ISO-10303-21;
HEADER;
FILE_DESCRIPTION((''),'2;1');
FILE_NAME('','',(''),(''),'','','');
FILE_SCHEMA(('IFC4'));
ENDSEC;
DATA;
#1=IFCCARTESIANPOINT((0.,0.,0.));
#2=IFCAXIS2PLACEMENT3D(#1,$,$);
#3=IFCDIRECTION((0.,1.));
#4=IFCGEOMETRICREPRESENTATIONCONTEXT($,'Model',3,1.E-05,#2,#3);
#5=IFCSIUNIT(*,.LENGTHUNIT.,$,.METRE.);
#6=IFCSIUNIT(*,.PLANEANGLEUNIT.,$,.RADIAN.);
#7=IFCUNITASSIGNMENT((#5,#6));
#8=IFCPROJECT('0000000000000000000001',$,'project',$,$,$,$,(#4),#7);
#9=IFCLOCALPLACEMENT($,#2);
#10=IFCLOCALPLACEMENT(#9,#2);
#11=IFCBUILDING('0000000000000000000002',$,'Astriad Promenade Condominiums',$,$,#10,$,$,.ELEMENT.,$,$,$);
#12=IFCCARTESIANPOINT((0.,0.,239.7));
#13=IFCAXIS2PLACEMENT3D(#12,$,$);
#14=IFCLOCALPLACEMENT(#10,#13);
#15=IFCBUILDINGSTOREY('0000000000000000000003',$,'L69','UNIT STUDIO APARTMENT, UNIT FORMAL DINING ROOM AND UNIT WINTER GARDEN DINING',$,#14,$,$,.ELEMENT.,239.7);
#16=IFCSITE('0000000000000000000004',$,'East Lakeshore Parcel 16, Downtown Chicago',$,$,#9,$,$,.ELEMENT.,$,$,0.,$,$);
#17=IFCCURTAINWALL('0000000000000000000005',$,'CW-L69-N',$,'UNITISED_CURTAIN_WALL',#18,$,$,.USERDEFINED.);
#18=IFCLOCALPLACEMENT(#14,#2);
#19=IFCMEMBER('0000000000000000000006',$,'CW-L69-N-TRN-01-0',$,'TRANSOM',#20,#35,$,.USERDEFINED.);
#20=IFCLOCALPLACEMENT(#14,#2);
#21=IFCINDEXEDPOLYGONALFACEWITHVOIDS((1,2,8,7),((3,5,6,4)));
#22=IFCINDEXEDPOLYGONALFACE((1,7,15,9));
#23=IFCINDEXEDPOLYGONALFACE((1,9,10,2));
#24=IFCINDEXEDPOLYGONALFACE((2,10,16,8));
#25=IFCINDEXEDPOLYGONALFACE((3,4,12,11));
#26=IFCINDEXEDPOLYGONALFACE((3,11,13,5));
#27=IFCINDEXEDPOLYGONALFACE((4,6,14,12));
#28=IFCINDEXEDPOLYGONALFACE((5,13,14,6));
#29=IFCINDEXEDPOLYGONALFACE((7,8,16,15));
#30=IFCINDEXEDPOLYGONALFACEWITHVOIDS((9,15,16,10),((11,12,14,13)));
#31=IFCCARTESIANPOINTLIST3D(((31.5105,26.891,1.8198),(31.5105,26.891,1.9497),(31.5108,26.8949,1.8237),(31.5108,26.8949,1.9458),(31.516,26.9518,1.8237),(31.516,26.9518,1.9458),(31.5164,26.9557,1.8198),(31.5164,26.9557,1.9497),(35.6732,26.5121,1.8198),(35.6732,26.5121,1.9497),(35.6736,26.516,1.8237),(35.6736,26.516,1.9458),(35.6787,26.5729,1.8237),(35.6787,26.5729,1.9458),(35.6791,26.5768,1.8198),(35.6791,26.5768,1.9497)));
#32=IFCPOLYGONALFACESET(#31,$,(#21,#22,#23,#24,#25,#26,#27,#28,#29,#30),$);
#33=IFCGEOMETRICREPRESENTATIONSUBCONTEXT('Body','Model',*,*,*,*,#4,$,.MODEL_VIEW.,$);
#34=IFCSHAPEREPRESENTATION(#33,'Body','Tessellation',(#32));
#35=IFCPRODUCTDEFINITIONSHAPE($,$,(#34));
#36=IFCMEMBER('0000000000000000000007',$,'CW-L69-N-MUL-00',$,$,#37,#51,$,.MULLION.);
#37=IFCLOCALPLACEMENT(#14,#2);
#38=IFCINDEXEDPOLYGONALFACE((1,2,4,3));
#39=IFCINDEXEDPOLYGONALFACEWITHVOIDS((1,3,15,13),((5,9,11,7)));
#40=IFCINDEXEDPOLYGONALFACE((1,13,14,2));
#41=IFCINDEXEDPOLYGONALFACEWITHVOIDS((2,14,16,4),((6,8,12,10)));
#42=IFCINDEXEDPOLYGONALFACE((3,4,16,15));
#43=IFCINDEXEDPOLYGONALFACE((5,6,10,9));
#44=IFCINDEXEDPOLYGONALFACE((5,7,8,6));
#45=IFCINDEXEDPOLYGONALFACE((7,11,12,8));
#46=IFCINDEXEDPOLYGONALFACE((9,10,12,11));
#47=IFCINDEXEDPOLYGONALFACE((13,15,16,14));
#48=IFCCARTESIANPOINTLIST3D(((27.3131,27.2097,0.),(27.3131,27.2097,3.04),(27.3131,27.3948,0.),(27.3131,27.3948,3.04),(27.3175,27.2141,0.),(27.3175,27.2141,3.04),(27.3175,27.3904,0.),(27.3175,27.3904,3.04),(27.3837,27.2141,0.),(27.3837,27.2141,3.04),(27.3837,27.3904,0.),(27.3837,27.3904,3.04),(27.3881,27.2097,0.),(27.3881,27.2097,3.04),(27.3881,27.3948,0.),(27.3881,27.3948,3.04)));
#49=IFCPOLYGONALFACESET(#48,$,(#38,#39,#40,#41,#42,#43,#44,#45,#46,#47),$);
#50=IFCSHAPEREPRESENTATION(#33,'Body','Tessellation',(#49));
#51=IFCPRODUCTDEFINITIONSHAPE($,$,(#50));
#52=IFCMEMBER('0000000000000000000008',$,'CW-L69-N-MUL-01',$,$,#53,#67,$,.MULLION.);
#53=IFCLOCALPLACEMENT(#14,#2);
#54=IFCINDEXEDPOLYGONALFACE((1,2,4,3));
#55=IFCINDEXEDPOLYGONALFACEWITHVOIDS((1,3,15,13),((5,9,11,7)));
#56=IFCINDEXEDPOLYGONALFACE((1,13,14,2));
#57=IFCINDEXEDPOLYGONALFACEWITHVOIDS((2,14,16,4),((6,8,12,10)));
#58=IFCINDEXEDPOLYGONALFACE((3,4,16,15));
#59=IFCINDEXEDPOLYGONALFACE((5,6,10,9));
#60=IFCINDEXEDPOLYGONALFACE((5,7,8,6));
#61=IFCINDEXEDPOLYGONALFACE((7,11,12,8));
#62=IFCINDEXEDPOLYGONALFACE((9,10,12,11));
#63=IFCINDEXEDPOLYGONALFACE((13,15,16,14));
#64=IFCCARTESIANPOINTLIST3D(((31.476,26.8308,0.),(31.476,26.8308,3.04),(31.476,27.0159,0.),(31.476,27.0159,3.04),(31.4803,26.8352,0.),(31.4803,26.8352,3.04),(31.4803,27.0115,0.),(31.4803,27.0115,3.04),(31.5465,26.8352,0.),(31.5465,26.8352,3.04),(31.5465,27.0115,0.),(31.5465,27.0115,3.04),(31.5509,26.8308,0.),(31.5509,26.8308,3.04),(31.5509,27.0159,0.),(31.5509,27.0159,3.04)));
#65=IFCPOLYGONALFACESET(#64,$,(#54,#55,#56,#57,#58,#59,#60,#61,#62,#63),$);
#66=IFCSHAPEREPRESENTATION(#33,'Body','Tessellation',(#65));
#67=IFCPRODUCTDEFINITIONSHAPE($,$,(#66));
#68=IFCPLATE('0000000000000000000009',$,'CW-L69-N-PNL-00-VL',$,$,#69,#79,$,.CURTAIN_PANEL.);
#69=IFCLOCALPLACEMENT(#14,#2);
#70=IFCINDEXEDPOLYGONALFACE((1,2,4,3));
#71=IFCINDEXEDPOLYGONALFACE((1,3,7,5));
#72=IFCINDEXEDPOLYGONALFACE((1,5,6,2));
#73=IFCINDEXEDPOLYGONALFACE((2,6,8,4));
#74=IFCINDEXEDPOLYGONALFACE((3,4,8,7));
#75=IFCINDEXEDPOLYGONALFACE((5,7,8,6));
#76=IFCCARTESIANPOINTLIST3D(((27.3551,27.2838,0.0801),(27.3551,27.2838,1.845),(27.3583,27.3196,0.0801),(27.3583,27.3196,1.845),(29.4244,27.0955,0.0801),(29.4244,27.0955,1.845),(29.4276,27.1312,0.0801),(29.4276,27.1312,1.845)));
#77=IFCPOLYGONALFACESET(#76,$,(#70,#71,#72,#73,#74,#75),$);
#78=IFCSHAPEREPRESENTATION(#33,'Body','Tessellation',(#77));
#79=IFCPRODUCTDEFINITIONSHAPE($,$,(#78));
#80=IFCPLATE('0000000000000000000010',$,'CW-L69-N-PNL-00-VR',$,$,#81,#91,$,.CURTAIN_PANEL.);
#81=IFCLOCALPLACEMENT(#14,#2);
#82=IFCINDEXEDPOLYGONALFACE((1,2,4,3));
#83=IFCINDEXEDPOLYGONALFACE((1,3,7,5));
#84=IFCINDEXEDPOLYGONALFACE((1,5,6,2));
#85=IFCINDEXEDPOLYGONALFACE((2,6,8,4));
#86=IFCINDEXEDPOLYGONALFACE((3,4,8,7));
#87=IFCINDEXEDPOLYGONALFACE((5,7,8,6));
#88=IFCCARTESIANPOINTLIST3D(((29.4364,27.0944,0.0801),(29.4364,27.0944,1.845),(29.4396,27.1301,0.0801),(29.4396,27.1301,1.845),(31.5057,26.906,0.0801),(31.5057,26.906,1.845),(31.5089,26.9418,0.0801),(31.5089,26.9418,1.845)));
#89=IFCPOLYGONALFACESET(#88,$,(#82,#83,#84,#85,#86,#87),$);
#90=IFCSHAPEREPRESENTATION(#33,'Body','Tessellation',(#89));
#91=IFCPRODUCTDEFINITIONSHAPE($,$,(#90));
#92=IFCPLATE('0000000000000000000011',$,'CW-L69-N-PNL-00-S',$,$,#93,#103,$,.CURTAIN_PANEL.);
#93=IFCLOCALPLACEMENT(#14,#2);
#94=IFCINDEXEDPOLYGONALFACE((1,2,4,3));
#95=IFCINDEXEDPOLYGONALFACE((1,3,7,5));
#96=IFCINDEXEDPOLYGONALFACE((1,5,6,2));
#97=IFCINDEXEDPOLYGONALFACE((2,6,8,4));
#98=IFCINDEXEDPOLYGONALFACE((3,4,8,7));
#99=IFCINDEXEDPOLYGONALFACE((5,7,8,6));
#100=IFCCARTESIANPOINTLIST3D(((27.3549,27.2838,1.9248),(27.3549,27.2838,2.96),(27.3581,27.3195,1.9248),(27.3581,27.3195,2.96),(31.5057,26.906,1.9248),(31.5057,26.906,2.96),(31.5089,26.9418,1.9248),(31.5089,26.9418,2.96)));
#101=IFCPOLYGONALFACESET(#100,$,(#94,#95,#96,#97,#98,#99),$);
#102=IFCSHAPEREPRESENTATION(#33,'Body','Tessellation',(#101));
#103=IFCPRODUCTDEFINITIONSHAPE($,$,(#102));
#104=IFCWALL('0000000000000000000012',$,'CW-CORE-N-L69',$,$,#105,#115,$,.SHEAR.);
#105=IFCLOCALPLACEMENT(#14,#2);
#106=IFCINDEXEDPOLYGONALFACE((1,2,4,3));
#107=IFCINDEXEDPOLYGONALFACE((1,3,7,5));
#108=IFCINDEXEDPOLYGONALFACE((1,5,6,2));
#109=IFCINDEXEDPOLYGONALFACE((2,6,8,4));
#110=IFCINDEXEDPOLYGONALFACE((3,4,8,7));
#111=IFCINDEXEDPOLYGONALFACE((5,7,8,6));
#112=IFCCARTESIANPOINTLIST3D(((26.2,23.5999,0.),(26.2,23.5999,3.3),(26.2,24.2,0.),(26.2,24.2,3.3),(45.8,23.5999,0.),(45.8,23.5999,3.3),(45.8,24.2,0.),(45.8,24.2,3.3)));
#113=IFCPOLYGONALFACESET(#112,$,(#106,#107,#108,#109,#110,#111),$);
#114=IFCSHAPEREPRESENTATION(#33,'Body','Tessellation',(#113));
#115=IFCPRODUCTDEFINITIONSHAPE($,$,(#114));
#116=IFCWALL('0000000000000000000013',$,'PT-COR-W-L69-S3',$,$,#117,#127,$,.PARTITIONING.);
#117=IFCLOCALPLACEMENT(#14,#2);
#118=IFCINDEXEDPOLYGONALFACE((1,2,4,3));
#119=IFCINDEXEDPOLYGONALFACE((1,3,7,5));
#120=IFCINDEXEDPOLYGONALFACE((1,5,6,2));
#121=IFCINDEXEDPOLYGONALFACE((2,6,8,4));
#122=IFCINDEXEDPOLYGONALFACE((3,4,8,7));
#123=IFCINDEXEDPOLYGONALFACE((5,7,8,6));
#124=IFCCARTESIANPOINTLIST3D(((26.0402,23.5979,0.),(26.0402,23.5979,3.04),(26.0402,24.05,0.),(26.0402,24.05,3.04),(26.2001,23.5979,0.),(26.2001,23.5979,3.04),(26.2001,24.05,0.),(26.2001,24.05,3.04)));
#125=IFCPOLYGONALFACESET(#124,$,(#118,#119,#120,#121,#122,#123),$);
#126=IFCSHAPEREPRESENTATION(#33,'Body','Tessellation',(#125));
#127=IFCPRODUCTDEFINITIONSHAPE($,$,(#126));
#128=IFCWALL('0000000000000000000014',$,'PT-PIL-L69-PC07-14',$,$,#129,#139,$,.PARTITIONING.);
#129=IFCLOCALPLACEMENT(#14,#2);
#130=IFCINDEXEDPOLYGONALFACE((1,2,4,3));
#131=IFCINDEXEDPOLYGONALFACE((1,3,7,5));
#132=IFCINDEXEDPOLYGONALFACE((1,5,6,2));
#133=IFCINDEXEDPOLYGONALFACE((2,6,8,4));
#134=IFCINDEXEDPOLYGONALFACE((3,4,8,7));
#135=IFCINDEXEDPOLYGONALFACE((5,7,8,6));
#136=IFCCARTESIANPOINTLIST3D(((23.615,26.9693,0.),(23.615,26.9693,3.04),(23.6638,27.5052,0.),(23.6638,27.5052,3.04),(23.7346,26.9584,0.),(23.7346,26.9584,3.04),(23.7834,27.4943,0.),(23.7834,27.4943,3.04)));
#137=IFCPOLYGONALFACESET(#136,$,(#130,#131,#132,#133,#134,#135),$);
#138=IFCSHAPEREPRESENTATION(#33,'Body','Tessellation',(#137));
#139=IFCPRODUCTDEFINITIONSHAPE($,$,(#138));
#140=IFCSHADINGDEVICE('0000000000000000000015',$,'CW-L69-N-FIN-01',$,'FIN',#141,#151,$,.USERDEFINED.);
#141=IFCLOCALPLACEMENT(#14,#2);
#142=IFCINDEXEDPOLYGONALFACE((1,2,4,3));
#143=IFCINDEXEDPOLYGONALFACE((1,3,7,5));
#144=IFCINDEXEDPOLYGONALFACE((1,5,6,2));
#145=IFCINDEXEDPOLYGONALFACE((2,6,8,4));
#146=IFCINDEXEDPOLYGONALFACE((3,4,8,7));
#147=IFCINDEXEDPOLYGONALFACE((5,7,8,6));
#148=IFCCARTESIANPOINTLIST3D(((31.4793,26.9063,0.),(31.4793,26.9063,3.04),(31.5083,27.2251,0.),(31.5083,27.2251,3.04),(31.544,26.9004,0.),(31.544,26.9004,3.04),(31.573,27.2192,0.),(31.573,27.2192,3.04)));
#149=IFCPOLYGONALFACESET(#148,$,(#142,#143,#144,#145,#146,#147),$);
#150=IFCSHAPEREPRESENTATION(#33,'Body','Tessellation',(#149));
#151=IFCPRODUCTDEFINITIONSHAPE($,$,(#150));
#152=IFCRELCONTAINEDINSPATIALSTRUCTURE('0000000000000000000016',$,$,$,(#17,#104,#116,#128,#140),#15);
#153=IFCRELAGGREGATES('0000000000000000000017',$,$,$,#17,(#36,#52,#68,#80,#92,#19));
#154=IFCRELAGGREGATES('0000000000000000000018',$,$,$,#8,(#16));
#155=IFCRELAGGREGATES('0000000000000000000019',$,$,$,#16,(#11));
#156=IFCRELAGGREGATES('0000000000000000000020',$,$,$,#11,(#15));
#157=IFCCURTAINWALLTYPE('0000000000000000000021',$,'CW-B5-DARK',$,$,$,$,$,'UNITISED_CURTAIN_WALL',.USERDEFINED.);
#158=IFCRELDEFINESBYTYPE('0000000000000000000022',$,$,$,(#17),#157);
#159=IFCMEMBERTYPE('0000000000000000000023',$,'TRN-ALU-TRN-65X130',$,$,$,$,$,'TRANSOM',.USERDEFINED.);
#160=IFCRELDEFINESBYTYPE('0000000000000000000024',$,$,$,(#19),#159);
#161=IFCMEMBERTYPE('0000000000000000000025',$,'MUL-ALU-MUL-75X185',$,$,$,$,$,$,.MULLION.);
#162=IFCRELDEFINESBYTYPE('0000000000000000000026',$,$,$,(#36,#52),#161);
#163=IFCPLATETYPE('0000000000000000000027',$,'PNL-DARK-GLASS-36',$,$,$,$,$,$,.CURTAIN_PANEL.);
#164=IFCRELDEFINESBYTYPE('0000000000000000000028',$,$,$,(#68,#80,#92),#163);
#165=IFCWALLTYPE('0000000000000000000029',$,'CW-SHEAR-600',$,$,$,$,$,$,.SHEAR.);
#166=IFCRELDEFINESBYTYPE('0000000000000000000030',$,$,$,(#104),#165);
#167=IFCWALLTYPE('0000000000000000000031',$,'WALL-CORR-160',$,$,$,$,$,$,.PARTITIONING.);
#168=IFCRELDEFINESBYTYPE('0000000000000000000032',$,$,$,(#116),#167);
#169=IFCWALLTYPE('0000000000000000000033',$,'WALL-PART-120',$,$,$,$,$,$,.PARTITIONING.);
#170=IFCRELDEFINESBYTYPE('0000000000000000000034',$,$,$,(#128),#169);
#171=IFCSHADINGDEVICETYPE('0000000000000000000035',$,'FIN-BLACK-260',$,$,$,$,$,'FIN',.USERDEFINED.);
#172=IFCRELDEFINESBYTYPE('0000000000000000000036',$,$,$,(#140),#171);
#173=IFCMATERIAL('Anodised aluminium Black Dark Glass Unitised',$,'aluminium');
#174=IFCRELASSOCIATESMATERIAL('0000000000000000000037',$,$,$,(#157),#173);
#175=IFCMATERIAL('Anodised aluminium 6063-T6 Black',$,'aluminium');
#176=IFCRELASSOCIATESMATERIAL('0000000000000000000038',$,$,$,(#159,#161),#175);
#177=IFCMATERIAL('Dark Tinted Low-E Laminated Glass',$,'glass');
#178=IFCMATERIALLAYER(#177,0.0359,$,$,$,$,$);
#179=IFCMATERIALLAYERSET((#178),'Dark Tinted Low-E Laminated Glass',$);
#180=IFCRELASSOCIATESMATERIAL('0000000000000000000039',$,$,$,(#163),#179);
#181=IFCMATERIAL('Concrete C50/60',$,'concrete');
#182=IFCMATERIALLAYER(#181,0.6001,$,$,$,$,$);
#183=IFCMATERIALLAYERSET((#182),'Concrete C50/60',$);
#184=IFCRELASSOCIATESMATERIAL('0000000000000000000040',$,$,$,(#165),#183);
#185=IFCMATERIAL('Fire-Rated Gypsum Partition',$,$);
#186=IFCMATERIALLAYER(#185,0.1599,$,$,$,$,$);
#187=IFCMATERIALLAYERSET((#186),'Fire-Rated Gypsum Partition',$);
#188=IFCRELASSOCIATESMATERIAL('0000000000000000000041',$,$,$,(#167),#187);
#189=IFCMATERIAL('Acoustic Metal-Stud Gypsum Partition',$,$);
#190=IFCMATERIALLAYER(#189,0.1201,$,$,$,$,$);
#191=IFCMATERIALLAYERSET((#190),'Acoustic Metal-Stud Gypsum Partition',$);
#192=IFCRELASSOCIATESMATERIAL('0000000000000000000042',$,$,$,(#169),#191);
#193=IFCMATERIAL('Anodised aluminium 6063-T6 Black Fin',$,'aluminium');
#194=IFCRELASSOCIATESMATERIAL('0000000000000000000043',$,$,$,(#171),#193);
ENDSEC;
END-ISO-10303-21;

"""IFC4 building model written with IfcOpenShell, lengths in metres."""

from ifc_helpers import new_model, si_unit, direction, frame, frame_2d, origin, origin_2d, place, context, subcontext, project, spatial, rectangle, hollow_rectangle, extrude, source, transform, mapped, material, layer, layer_set, material_profile, profile_set, type_object, type_shapes, element, aggregate, save


model = new_model("IFC4")

# Units and contexts
model_context = context("Model", 3, precision=1e-05, world=origin(), true_north=direction((0.0, 1.0)))
body_context = subcontext(model_context, "Body", "Model", "MODEL_VIEW")
ifc_project = project(units=[si_unit("LENGTHUNIT", "METRE"), si_unit("PLANEANGLEUNIT", "RADIAN")], contexts=[model_context])

# Site, building, storey
site_placement = place(None, origin())
site = spatial("IfcSite", under=ifc_project, at=site_placement, Name="East Lakeshore Parcel 16, Downtown Chicago", CompositionType="ELEMENT", RefElevation=0.0)
building_placement = place(site_placement, origin())
building = spatial("IfcBuilding", under=site, at=building_placement, Name="Astriad Promenade Condominiums", CompositionType="ELEMENT")
storey_placement = place(building_placement, frame((0.0, 0.0, 239.7)))
storey = spatial("IfcBuildingStorey", under=building, at=storey_placement, Name="L69", Description="UNIT STUDIO APARTMENT, UNIT FORMAL DINING ROOM AND UNIT WINTER GARDEN DINING", CompositionType="ELEMENT", Elevation=239.7)

# Shared definitions
ifc_material_1 = material(Name="Concrete C50/60", Category="concrete")

# Curtain wall, members, plates
ifc_material_2 = material(Name="Anodised aluminium Black Dark Glass Unitised", Category="aluminium")
curtain_wall_type = type_object("IfcCurtainWallType", Name="CW-B5-DARK", ElementType="UNITISED_CURTAIN_WALL", PredefinedType="USERDEFINED", material=ifc_material_2)
curtain_wall_placement = place(storey_placement, origin())
curtain_wall = element("IfcCurtainWall", 1, at=curtain_wall_placement, inside=storey, type_object=curtain_wall_type, Name="CW-L69-N", ObjectType="UNITISED_CURTAIN_WALL", PredefinedType="USERDEFINED")
ifc_material_3 = material(Name="Anodised aluminium 6063-T6 Black", Category="aluminium")
ifc_material_profile_1 = material_profile(ifc_material_3, hollow_rectangle(XDim=0.0649, YDim=0.1299, WallThickness=0.0039, at=origin_2d()), Name="ALU-TRN-65X130")
ifc_profile_set_1 = profile_set([ifc_material_profile_1], Name="Anodised aluminium 6063-T6 Black")
member_type_1 = type_object("IfcMemberType", Name="TRN-ALU-TRN-65X130", ElementType="TRANSOM", PredefinedType="USERDEFINED", material=ifc_profile_set_1)
shared_shape_1 = source(origin(), body_context, "Body", "SweptSolid", [
    extrude(hollow_rectangle(XDim=0.0649, YDim=0.1299, WallThickness=0.0039, at=origin_2d()), origin(), (0.0, 0.0, 1.0), 4.1799),
])
type_shapes(member_type_1, [shared_shape_1])
member_1_placement = place(storey_placement, frame((31.5134, 26.9233, 1.8848), z_axis=(0.995883, -0.090646, 0.0), x_axis=(0.090646, 0.995883, 0.0)))
member_1 = element("IfcMember", 2, at=member_1_placement, type_object=member_type_1, Name="CW-L69-N-TRN-01-0", ObjectType="TRANSOM", PredefinedType="USERDEFINED", context=body_context, shape_type="MappedRepresentation", body=[
    mapped(shared_shape_1, transform((0.0, 0.0, 0.0), scale=1.0)),
])
ifc_material_profile_2 = material_profile(ifc_material_3, hollow_rectangle(XDim=0.075, YDim=0.1851, WallThickness=0.0044, at=origin_2d()), Name="ALU-MUL-75X185")
ifc_profile_set_2 = profile_set([ifc_material_profile_2], Name="Anodised aluminium 6063-T6 Black")
member_type_2 = type_object("IfcMemberType", Name="MUL-ALU-MUL-75X185", PredefinedType="MULLION", material=ifc_profile_set_2)
shared_shape_2 = source(origin(), body_context, "Body", "SweptSolid", [
    extrude(hollow_rectangle(XDim=0.075, YDim=0.1851, WallThickness=0.0044, at=origin_2d()), origin(), (0.0, 0.0, 1.0), 3.04),
])
type_shapes(member_type_2, [shared_shape_2])
member_2_placement = place(storey_placement, frame((27.3506, 27.3022, 0.0), z_axis=(0.0, 0.0, 1.0), x_axis=(1.0, 0.0, 0.0)))
member_2 = element("IfcMember", 3, at=member_2_placement, type_object=member_type_2, Name="CW-L69-N-MUL-00", PredefinedType="MULLION", context=body_context, shape_type="MappedRepresentation", body=[
    mapped(shared_shape_2, transform((0.0, 0.0, 0.0), scale=1.0)),
])
member_3_placement = place(storey_placement, frame((31.5134, 26.9233, 0.0), z_axis=(0.0, 0.0, 1.0), x_axis=(1.0, 0.0, 0.0)))
member_3 = element("IfcMember", 4, at=member_3_placement, type_object=member_type_2, Name="CW-L69-N-MUL-01", PredefinedType="MULLION", context=body_context, shape_type="MappedRepresentation", body=[
    mapped(shared_shape_2, transform((0.0, 0.0, 0.0), scale=1.0)),
])
ifc_material_4 = material(Name="Dark Tinted Low-E Laminated Glass", Category="glass")
ifc_layer_1 = layer(ifc_material_4, 0.0359)
ifc_layer_set_1 = layer_set([ifc_layer_1], Name="Dark Tinted Low-E Laminated Glass")
plate_type = type_object("IfcPlateType", Name="PNL-DARK-GLASS-36", PredefinedType="CURTAIN_PANEL", material=ifc_layer_set_1)
shared_shape_3 = source(origin(), body_context, "Body", "SweptSolid", [
    extrude(rectangle(XDim=2.0779, YDim=0.0359, at=origin_2d()), origin(), (0.0, 0.0, 1.0), 1.7649),
])
plate_1_placement = place(storey_placement, frame((28.3914, 27.2075, 0.0801), z_axis=(0.0, 0.0, 1.0), x_axis=(0.995884, -0.090633, 0.0)))
plate_1 = element("IfcPlate", 5, at=plate_1_placement, type_object=plate_type, Name="CW-L69-N-PNL-00-VL", PredefinedType="CURTAIN_PANEL", context=body_context, shape_type="MappedRepresentation", body=[
    mapped(shared_shape_3, transform((0.0, 0.0, 0.0), scale=1.0)),
])
plate_2_placement = place(storey_placement, frame((30.4727, 27.0181, 0.0801), z_axis=(0.0, 0.0, 1.0), x_axis=(0.995884, -0.090633, 0.0)))
plate_2 = element("IfcPlate", 6, at=plate_2_placement, type_object=plate_type, Name="CW-L69-N-PNL-00-VR", PredefinedType="CURTAIN_PANEL", context=body_context, shape_type="MappedRepresentation", body=[
    mapped(shared_shape_3, transform((0.0, 0.0, 0.0), scale=1.0)),
])
shared_shape_4 = source(origin(), body_context, "Body", "SweptSolid", [
    extrude(rectangle(XDim=4.168, YDim=0.0359, at=origin_2d()), origin(), (0.0, 0.0, 1.0), 1.0352),
])
type_shapes(plate_type, [shared_shape_3, shared_shape_4])
plate_3_placement = place(storey_placement, frame((29.4319, 27.1128, 1.9248), z_axis=(0.0, 0.0, 1.0), x_axis=(0.995884, -0.090633, 0.0)))
plate_3 = element("IfcPlate", 7, at=plate_3_placement, type_object=plate_type, Name="CW-L69-N-PNL-00-S", PredefinedType="CURTAIN_PANEL", context=body_context, shape_type="MappedRepresentation", body=[
    mapped(shared_shape_4, transform((0.0, 0.0, 0.0), scale=1.0)),
])
aggregate(curtain_wall, [member_2, member_3, plate_1, plate_2, plate_3, member_1])

# Walls
ifc_layer_2 = layer(ifc_material_1, 0.6001)
ifc_layer_set_2 = layer_set([ifc_layer_2], Name="Concrete C50/60")
wall_type_1 = type_object("IfcWallType", Name="CW-SHEAR-600", PredefinedType="SHEAR", material=ifc_layer_set_2)
wall_1_placement = place(storey_placement, frame((26.2, 23.8999, 0.0), z_axis=(0.0, 0.0, 1.0), x_axis=(1.0, 0.0, 0.0)))
element("IfcWall", 8, at=wall_1_placement, inside=storey, type_object=wall_type_1, Name="CW-CORE-N-L69", PredefinedType="SHEAR", context=body_context, shape_type="SweptSolid", body=[
    extrude(rectangle(XDim=19.6001, YDim=0.6001, at=frame_2d((9.8, 0.0))), origin(), (0.0, 0.0, 1.0), 3.3),
])
ifc_material_5 = material(Name="Fire-Rated Gypsum Partition")
ifc_layer_3 = layer(ifc_material_5, 0.1599)
ifc_layer_set_3 = layer_set([ifc_layer_3], Name="Fire-Rated Gypsum Partition")
wall_type_2 = type_object("IfcWallType", Name="WALL-CORR-160", PredefinedType="PARTITIONING", material=ifc_layer_set_3)
wall_2_placement = place(storey_placement, frame((26.1201, 23.5979, 0.0), z_axis=(0.0, 0.0, 1.0), x_axis=(0.0, 1.0, 0.0)))
element("IfcWall", 9, at=wall_2_placement, inside=storey, type_object=wall_type_2, Name="PT-COR-W-L69-S3", PredefinedType="PARTITIONING", context=body_context, shape_type="SweptSolid", body=[
    extrude(rectangle(XDim=0.4521, YDim=0.1599, at=frame_2d((0.2261, 0.0))), origin(), (0.0, 0.0, 1.0), 3.04),
])
ifc_material_6 = material(Name="Acoustic Metal-Stud Gypsum Partition")
ifc_layer_4 = layer(ifc_material_6, 0.1201)
ifc_layer_set_4 = layer_set([ifc_layer_4], Name="Acoustic Metal-Stud Gypsum Partition")
wall_type_3 = type_object("IfcWallType", Name="WALL-PART-120", PredefinedType="PARTITIONING", material=ifc_layer_set_4)
wall_3_placement = place(storey_placement, frame((23.6748, 26.9639, 0.0), z_axis=(0.0, 0.0, 1.0), x_axis=(0.09074, 0.995875, 0.0)))
element("IfcWall", 10, at=wall_3_placement, inside=storey, type_object=wall_type_3, Name="PT-PIL-L69-PC07-14", PredefinedType="PARTITIONING", context=body_context, shape_type="SweptSolid", body=[
    extrude(rectangle(XDim=0.5381, YDim=0.1201, at=frame_2d((0.269, 0.0))), origin(), (0.0, 0.0, 1.0), 3.04),
])

# Shading device
ifc_material_7 = material(Name="Anodised aluminium 6063-T6 Black Fin", Category="aluminium")
shading_device_type = type_object("IfcShadingDeviceType", Name="FIN-BLACK-260", ElementType="FIN", PredefinedType="USERDEFINED", material=ifc_material_7)
shared_shape_5 = source(origin(), body_context, "Body", "SweptSolid", [
    extrude(rectangle(XDim=0.0649, YDim=0.3201, at=origin_2d()), origin(), (0.0, 0.0, 1.0), 3.04),
])
type_shapes(shading_device_type, [shared_shape_5])
shading_device_placement = place(storey_placement, frame((31.5261, 27.0627, 0.0), z_axis=(0.0, 0.0, 1.0), x_axis=(0.995884, -0.090633, 0.0)))
element("IfcShadingDevice", 11, at=shading_device_placement, inside=storey, type_object=shading_device_type, Name="CW-L69-N-FIN-01", ObjectType="FIN", PredefinedType="USERDEFINED", context=body_context, shape_type="MappedRepresentation", body=[
    mapped(shared_shape_5, transform((0.0, 0.0, 0.0), scale=1.0)),
])

save(model, "model.ifc")
